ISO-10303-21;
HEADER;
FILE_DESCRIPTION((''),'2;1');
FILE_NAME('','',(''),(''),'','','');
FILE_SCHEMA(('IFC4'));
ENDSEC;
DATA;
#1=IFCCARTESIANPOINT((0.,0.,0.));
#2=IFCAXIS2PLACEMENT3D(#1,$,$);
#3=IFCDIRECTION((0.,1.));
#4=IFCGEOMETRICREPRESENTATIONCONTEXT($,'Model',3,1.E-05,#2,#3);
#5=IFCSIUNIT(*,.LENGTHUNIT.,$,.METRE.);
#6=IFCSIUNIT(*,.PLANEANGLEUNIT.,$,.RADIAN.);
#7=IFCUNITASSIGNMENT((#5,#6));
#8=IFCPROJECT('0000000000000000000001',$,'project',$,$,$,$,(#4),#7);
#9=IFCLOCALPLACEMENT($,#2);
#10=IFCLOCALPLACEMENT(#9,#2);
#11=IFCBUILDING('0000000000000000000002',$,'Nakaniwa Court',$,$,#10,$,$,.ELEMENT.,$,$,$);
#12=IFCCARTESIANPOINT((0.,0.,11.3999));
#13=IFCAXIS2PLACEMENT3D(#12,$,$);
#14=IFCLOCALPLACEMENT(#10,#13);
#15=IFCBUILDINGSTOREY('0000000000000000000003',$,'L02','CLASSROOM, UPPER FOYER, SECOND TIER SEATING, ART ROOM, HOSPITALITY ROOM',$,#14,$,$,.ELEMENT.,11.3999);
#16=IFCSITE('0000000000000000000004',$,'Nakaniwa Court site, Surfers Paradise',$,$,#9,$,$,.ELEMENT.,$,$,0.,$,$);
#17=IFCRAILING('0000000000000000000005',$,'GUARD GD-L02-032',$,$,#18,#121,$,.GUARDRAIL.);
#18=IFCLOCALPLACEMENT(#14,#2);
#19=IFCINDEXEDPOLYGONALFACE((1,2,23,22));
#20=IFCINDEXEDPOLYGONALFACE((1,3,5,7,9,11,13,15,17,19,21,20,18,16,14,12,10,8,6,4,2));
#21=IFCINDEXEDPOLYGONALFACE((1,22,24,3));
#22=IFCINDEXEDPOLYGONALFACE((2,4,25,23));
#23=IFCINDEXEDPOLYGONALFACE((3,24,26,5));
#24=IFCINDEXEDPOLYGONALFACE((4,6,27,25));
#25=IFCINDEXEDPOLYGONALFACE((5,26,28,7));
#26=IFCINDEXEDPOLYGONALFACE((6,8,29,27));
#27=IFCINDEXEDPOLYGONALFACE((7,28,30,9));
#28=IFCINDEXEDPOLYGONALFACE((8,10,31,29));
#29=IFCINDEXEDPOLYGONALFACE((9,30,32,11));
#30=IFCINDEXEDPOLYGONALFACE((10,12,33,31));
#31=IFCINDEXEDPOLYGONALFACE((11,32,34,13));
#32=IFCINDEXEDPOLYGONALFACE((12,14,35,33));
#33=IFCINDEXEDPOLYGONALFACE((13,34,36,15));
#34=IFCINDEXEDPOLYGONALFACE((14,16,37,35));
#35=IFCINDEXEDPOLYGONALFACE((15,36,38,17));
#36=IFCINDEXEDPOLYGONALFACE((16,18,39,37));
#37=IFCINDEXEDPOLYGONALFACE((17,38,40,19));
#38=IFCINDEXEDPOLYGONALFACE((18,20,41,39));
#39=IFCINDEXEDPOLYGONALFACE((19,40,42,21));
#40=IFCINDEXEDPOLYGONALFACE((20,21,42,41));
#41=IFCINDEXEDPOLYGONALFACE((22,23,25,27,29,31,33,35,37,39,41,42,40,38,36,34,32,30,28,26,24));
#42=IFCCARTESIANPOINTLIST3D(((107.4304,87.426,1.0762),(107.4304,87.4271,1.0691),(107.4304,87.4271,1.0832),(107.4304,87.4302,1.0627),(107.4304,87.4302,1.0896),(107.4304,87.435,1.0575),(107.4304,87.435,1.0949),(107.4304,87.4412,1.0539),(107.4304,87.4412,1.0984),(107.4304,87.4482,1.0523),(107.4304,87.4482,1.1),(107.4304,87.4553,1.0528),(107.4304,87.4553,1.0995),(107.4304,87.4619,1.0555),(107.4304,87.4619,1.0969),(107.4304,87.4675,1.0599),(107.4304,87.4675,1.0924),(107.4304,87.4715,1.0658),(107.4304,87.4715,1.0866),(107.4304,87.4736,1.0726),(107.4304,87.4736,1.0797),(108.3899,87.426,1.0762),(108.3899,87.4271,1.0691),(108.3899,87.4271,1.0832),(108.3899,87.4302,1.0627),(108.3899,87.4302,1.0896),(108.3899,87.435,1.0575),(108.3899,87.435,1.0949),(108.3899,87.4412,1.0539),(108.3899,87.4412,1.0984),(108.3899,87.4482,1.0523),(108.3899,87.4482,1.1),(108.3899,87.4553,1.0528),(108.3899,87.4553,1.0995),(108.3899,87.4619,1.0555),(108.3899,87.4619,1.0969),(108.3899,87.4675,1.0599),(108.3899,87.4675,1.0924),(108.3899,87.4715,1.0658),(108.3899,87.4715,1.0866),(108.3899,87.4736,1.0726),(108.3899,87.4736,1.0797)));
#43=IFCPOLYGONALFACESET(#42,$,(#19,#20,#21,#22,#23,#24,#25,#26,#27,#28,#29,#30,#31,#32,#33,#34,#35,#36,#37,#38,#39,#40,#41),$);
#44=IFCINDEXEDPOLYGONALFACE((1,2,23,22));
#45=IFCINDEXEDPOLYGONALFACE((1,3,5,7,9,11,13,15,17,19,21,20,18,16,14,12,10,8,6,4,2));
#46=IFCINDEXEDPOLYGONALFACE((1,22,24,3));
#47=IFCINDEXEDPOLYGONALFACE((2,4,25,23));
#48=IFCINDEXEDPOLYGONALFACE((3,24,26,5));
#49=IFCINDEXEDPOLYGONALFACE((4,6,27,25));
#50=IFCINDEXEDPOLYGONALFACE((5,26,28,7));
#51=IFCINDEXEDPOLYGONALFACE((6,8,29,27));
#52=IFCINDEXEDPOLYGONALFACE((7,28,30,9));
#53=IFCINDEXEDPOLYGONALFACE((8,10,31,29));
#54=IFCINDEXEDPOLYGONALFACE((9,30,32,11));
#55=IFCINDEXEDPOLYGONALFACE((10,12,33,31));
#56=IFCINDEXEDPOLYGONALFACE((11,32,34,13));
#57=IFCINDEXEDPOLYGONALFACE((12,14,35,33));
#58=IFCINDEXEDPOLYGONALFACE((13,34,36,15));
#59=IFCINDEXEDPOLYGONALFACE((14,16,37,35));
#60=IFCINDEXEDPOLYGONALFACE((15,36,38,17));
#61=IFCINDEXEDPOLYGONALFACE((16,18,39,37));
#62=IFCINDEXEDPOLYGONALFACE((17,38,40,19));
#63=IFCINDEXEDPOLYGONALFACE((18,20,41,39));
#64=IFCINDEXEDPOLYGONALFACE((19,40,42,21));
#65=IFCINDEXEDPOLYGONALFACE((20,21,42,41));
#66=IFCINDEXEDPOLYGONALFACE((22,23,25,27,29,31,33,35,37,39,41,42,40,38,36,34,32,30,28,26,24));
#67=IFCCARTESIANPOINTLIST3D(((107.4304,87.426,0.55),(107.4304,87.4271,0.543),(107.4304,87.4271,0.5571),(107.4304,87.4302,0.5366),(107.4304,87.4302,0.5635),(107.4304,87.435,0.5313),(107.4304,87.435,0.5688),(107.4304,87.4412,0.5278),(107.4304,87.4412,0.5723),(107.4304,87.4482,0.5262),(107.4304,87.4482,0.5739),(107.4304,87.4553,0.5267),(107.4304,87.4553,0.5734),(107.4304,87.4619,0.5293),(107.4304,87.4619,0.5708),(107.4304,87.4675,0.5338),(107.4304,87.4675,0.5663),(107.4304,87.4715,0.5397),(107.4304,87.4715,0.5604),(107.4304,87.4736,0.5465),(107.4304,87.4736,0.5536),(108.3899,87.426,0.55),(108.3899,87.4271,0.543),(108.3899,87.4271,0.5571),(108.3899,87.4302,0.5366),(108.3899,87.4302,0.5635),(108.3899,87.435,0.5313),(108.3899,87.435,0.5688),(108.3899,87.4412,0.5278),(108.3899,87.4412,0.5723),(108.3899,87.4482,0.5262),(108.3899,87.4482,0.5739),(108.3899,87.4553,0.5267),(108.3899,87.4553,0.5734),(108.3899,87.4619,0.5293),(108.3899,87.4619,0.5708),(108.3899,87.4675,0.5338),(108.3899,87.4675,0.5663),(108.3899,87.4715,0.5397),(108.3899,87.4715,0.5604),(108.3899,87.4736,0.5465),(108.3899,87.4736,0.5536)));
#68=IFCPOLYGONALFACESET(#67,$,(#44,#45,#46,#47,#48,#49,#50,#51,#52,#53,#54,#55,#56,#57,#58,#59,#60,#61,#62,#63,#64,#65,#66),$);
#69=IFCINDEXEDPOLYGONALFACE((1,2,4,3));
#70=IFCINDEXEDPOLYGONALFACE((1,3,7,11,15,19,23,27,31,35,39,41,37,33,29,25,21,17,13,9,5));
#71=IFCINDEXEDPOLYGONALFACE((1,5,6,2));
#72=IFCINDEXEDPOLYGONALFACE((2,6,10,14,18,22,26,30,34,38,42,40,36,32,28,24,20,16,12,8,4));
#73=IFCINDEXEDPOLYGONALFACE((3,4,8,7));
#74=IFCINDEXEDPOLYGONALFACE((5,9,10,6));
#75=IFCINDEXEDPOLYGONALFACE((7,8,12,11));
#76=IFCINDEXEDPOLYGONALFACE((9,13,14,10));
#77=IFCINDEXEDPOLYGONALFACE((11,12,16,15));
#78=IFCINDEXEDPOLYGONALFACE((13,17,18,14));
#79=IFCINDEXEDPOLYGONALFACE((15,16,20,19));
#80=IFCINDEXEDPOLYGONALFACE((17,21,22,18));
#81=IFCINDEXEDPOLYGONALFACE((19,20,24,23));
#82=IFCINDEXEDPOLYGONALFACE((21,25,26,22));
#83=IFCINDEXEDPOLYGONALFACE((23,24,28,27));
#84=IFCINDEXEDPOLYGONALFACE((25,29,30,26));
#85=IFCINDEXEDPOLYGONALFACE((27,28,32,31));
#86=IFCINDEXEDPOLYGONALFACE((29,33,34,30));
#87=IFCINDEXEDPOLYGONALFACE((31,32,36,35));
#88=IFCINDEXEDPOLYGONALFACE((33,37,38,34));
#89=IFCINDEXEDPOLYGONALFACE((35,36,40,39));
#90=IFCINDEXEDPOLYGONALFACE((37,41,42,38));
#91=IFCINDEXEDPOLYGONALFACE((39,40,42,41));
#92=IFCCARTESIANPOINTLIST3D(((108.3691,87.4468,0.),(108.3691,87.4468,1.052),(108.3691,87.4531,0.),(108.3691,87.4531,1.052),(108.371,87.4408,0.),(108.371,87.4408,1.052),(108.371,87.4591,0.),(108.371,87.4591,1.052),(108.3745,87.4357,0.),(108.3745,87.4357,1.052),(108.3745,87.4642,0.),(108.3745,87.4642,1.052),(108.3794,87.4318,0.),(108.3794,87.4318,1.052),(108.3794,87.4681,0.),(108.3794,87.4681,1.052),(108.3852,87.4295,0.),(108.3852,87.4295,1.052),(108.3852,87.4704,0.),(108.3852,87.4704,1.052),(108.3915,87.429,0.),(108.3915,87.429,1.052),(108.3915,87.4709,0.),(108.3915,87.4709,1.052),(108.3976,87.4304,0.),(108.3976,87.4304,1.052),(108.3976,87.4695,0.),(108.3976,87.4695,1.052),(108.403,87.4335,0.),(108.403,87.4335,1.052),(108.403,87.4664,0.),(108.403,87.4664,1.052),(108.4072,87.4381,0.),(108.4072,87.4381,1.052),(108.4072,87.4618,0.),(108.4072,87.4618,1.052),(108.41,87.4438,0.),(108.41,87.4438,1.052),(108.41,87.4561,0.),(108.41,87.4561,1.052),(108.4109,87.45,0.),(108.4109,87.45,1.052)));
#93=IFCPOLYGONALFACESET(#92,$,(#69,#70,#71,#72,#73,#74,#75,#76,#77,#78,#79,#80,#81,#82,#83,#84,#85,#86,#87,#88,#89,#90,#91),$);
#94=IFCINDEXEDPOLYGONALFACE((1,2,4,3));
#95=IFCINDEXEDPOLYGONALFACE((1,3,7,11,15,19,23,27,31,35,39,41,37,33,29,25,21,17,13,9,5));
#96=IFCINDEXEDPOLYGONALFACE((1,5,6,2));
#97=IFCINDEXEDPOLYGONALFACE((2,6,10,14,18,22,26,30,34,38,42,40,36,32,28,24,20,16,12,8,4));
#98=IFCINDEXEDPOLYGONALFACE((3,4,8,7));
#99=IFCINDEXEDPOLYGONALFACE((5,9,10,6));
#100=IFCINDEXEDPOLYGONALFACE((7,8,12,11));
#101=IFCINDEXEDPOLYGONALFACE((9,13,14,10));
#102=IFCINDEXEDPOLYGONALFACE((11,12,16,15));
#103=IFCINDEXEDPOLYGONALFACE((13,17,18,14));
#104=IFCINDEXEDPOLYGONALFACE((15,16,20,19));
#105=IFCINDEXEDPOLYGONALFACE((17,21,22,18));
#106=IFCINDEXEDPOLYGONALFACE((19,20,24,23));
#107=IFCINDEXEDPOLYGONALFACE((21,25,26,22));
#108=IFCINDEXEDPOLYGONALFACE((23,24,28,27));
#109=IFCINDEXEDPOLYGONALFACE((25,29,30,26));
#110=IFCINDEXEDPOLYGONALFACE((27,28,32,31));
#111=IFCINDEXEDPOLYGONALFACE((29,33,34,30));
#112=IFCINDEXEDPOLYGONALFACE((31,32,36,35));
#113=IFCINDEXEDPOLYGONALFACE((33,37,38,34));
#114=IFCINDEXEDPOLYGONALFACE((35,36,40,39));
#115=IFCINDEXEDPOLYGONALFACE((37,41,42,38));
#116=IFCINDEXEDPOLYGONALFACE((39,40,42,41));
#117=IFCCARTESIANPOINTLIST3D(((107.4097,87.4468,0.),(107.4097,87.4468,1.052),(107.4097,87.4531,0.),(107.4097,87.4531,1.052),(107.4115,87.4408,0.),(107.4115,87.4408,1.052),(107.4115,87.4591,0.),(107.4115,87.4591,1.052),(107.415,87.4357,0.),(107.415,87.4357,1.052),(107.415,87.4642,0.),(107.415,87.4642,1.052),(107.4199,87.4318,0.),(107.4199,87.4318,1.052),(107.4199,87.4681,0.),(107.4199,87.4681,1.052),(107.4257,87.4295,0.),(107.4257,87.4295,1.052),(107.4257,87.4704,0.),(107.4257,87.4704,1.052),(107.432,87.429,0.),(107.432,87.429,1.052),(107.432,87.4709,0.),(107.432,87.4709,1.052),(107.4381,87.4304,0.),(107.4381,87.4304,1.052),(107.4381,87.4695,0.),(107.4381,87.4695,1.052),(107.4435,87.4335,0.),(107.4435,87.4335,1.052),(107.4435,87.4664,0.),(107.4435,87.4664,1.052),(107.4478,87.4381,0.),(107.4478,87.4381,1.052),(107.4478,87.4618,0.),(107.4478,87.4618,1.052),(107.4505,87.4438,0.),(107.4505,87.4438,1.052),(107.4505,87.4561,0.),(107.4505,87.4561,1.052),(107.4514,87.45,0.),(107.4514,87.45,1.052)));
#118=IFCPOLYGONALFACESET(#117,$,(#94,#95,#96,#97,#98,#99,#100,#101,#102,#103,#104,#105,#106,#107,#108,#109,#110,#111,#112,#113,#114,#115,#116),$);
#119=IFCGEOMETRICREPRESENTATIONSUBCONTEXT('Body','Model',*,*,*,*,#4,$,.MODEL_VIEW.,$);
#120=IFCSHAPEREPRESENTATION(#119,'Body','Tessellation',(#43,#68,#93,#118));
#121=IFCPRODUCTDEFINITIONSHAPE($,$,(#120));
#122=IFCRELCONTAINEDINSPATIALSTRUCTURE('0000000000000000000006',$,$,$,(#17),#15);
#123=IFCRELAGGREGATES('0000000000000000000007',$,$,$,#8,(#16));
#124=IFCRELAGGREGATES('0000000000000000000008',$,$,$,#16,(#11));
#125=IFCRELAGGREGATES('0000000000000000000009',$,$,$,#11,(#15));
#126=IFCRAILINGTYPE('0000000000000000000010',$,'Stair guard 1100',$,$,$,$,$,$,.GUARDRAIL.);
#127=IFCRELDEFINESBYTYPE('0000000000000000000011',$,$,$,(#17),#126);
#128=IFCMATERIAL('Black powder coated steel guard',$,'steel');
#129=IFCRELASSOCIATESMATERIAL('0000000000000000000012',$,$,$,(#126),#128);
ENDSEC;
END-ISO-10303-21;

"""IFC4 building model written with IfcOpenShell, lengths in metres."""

from ifc_helpers import new_model, si_unit, direction, frame, origin, origin_2d, place, context, subcontext, project, spatial, circle, extrude, material, type_object, element, save


model = new_model("IFC4")

# Units and contexts
model_context = context("Model", 3, precision=1e-05, world=origin(), true_north=direction((0.0, 1.0)))
body_context = subcontext(model_context, "Body", "Model", "MODEL_VIEW")
ifc_project = project(units=[si_unit("LENGTHUNIT", "METRE"), si_unit("PLANEANGLEUNIT", "RADIAN")], contexts=[model_context])

# Site, building, storey
site_placement = place(None, origin())
site = spatial("IfcSite", under=ifc_project, at=site_placement, Name="Nakaniwa Court site, Surfers Paradise", CompositionType="ELEMENT", RefElevation=0.0)
building_placement = place(site_placement, origin())
building = spatial("IfcBuilding", under=site, at=building_placement, Name="Nakaniwa Court", CompositionType="ELEMENT")
storey_placement = place(building_placement, frame((0.0, 0.0, 11.3999)))
storey = spatial("IfcBuildingStorey", under=building, at=storey_placement, Name="L02", Description="CLASSROOM, UPPER FOYER, SECOND TIER SEATING, ART ROOM, HOSPITALITY ROOM", CompositionType="ELEMENT", Elevation=11.3999)

# Railing
ifc_material_1 = material(Name="Black powder coated steel guard", Category="steel")
railing_type = type_object("IfcRailingType", Name="Stair guard 1100", PredefinedType="GUARDRAIL", material=ifc_material_1)
railing_1_placement = place(storey_placement, frame((108.3899, 87.45, 0.0)))
element("IfcRailing", 1, at=railing_1_placement, inside=storey, type_object=railing_type, Name="GUARD GD-L02-032", PredefinedType="GUARDRAIL", context=body_context, shape_type="SweptSolid", body=[
    extrude(circle(Radius=0.0239, at=origin_2d()), frame((0.0, 0.0, 1.0762), z_axis=(-1.0, 0.0, 0.0), x_axis=(0.0, -1.0, 0.0)), (0.0, 0.0, 1.0), 0.9595),
    extrude(circle(Radius=0.0239, at=origin_2d()), frame((0.0, 0.0, 0.55), z_axis=(-1.0, 0.0, 0.0), x_axis=(0.0, -1.0, 0.0)), (0.0, 0.0, 1.0), 0.9595),
    extrude(circle(Radius=0.021, at=origin_2d()), origin(), (0.0, 0.0, 1.0), 1.052),
    extrude(circle(Radius=0.021, at=origin_2d()), frame((-0.9595, 0.0, 0.0)), (0.0, 0.0, 1.0), 1.052),
])

save(model, "model.ifc")
